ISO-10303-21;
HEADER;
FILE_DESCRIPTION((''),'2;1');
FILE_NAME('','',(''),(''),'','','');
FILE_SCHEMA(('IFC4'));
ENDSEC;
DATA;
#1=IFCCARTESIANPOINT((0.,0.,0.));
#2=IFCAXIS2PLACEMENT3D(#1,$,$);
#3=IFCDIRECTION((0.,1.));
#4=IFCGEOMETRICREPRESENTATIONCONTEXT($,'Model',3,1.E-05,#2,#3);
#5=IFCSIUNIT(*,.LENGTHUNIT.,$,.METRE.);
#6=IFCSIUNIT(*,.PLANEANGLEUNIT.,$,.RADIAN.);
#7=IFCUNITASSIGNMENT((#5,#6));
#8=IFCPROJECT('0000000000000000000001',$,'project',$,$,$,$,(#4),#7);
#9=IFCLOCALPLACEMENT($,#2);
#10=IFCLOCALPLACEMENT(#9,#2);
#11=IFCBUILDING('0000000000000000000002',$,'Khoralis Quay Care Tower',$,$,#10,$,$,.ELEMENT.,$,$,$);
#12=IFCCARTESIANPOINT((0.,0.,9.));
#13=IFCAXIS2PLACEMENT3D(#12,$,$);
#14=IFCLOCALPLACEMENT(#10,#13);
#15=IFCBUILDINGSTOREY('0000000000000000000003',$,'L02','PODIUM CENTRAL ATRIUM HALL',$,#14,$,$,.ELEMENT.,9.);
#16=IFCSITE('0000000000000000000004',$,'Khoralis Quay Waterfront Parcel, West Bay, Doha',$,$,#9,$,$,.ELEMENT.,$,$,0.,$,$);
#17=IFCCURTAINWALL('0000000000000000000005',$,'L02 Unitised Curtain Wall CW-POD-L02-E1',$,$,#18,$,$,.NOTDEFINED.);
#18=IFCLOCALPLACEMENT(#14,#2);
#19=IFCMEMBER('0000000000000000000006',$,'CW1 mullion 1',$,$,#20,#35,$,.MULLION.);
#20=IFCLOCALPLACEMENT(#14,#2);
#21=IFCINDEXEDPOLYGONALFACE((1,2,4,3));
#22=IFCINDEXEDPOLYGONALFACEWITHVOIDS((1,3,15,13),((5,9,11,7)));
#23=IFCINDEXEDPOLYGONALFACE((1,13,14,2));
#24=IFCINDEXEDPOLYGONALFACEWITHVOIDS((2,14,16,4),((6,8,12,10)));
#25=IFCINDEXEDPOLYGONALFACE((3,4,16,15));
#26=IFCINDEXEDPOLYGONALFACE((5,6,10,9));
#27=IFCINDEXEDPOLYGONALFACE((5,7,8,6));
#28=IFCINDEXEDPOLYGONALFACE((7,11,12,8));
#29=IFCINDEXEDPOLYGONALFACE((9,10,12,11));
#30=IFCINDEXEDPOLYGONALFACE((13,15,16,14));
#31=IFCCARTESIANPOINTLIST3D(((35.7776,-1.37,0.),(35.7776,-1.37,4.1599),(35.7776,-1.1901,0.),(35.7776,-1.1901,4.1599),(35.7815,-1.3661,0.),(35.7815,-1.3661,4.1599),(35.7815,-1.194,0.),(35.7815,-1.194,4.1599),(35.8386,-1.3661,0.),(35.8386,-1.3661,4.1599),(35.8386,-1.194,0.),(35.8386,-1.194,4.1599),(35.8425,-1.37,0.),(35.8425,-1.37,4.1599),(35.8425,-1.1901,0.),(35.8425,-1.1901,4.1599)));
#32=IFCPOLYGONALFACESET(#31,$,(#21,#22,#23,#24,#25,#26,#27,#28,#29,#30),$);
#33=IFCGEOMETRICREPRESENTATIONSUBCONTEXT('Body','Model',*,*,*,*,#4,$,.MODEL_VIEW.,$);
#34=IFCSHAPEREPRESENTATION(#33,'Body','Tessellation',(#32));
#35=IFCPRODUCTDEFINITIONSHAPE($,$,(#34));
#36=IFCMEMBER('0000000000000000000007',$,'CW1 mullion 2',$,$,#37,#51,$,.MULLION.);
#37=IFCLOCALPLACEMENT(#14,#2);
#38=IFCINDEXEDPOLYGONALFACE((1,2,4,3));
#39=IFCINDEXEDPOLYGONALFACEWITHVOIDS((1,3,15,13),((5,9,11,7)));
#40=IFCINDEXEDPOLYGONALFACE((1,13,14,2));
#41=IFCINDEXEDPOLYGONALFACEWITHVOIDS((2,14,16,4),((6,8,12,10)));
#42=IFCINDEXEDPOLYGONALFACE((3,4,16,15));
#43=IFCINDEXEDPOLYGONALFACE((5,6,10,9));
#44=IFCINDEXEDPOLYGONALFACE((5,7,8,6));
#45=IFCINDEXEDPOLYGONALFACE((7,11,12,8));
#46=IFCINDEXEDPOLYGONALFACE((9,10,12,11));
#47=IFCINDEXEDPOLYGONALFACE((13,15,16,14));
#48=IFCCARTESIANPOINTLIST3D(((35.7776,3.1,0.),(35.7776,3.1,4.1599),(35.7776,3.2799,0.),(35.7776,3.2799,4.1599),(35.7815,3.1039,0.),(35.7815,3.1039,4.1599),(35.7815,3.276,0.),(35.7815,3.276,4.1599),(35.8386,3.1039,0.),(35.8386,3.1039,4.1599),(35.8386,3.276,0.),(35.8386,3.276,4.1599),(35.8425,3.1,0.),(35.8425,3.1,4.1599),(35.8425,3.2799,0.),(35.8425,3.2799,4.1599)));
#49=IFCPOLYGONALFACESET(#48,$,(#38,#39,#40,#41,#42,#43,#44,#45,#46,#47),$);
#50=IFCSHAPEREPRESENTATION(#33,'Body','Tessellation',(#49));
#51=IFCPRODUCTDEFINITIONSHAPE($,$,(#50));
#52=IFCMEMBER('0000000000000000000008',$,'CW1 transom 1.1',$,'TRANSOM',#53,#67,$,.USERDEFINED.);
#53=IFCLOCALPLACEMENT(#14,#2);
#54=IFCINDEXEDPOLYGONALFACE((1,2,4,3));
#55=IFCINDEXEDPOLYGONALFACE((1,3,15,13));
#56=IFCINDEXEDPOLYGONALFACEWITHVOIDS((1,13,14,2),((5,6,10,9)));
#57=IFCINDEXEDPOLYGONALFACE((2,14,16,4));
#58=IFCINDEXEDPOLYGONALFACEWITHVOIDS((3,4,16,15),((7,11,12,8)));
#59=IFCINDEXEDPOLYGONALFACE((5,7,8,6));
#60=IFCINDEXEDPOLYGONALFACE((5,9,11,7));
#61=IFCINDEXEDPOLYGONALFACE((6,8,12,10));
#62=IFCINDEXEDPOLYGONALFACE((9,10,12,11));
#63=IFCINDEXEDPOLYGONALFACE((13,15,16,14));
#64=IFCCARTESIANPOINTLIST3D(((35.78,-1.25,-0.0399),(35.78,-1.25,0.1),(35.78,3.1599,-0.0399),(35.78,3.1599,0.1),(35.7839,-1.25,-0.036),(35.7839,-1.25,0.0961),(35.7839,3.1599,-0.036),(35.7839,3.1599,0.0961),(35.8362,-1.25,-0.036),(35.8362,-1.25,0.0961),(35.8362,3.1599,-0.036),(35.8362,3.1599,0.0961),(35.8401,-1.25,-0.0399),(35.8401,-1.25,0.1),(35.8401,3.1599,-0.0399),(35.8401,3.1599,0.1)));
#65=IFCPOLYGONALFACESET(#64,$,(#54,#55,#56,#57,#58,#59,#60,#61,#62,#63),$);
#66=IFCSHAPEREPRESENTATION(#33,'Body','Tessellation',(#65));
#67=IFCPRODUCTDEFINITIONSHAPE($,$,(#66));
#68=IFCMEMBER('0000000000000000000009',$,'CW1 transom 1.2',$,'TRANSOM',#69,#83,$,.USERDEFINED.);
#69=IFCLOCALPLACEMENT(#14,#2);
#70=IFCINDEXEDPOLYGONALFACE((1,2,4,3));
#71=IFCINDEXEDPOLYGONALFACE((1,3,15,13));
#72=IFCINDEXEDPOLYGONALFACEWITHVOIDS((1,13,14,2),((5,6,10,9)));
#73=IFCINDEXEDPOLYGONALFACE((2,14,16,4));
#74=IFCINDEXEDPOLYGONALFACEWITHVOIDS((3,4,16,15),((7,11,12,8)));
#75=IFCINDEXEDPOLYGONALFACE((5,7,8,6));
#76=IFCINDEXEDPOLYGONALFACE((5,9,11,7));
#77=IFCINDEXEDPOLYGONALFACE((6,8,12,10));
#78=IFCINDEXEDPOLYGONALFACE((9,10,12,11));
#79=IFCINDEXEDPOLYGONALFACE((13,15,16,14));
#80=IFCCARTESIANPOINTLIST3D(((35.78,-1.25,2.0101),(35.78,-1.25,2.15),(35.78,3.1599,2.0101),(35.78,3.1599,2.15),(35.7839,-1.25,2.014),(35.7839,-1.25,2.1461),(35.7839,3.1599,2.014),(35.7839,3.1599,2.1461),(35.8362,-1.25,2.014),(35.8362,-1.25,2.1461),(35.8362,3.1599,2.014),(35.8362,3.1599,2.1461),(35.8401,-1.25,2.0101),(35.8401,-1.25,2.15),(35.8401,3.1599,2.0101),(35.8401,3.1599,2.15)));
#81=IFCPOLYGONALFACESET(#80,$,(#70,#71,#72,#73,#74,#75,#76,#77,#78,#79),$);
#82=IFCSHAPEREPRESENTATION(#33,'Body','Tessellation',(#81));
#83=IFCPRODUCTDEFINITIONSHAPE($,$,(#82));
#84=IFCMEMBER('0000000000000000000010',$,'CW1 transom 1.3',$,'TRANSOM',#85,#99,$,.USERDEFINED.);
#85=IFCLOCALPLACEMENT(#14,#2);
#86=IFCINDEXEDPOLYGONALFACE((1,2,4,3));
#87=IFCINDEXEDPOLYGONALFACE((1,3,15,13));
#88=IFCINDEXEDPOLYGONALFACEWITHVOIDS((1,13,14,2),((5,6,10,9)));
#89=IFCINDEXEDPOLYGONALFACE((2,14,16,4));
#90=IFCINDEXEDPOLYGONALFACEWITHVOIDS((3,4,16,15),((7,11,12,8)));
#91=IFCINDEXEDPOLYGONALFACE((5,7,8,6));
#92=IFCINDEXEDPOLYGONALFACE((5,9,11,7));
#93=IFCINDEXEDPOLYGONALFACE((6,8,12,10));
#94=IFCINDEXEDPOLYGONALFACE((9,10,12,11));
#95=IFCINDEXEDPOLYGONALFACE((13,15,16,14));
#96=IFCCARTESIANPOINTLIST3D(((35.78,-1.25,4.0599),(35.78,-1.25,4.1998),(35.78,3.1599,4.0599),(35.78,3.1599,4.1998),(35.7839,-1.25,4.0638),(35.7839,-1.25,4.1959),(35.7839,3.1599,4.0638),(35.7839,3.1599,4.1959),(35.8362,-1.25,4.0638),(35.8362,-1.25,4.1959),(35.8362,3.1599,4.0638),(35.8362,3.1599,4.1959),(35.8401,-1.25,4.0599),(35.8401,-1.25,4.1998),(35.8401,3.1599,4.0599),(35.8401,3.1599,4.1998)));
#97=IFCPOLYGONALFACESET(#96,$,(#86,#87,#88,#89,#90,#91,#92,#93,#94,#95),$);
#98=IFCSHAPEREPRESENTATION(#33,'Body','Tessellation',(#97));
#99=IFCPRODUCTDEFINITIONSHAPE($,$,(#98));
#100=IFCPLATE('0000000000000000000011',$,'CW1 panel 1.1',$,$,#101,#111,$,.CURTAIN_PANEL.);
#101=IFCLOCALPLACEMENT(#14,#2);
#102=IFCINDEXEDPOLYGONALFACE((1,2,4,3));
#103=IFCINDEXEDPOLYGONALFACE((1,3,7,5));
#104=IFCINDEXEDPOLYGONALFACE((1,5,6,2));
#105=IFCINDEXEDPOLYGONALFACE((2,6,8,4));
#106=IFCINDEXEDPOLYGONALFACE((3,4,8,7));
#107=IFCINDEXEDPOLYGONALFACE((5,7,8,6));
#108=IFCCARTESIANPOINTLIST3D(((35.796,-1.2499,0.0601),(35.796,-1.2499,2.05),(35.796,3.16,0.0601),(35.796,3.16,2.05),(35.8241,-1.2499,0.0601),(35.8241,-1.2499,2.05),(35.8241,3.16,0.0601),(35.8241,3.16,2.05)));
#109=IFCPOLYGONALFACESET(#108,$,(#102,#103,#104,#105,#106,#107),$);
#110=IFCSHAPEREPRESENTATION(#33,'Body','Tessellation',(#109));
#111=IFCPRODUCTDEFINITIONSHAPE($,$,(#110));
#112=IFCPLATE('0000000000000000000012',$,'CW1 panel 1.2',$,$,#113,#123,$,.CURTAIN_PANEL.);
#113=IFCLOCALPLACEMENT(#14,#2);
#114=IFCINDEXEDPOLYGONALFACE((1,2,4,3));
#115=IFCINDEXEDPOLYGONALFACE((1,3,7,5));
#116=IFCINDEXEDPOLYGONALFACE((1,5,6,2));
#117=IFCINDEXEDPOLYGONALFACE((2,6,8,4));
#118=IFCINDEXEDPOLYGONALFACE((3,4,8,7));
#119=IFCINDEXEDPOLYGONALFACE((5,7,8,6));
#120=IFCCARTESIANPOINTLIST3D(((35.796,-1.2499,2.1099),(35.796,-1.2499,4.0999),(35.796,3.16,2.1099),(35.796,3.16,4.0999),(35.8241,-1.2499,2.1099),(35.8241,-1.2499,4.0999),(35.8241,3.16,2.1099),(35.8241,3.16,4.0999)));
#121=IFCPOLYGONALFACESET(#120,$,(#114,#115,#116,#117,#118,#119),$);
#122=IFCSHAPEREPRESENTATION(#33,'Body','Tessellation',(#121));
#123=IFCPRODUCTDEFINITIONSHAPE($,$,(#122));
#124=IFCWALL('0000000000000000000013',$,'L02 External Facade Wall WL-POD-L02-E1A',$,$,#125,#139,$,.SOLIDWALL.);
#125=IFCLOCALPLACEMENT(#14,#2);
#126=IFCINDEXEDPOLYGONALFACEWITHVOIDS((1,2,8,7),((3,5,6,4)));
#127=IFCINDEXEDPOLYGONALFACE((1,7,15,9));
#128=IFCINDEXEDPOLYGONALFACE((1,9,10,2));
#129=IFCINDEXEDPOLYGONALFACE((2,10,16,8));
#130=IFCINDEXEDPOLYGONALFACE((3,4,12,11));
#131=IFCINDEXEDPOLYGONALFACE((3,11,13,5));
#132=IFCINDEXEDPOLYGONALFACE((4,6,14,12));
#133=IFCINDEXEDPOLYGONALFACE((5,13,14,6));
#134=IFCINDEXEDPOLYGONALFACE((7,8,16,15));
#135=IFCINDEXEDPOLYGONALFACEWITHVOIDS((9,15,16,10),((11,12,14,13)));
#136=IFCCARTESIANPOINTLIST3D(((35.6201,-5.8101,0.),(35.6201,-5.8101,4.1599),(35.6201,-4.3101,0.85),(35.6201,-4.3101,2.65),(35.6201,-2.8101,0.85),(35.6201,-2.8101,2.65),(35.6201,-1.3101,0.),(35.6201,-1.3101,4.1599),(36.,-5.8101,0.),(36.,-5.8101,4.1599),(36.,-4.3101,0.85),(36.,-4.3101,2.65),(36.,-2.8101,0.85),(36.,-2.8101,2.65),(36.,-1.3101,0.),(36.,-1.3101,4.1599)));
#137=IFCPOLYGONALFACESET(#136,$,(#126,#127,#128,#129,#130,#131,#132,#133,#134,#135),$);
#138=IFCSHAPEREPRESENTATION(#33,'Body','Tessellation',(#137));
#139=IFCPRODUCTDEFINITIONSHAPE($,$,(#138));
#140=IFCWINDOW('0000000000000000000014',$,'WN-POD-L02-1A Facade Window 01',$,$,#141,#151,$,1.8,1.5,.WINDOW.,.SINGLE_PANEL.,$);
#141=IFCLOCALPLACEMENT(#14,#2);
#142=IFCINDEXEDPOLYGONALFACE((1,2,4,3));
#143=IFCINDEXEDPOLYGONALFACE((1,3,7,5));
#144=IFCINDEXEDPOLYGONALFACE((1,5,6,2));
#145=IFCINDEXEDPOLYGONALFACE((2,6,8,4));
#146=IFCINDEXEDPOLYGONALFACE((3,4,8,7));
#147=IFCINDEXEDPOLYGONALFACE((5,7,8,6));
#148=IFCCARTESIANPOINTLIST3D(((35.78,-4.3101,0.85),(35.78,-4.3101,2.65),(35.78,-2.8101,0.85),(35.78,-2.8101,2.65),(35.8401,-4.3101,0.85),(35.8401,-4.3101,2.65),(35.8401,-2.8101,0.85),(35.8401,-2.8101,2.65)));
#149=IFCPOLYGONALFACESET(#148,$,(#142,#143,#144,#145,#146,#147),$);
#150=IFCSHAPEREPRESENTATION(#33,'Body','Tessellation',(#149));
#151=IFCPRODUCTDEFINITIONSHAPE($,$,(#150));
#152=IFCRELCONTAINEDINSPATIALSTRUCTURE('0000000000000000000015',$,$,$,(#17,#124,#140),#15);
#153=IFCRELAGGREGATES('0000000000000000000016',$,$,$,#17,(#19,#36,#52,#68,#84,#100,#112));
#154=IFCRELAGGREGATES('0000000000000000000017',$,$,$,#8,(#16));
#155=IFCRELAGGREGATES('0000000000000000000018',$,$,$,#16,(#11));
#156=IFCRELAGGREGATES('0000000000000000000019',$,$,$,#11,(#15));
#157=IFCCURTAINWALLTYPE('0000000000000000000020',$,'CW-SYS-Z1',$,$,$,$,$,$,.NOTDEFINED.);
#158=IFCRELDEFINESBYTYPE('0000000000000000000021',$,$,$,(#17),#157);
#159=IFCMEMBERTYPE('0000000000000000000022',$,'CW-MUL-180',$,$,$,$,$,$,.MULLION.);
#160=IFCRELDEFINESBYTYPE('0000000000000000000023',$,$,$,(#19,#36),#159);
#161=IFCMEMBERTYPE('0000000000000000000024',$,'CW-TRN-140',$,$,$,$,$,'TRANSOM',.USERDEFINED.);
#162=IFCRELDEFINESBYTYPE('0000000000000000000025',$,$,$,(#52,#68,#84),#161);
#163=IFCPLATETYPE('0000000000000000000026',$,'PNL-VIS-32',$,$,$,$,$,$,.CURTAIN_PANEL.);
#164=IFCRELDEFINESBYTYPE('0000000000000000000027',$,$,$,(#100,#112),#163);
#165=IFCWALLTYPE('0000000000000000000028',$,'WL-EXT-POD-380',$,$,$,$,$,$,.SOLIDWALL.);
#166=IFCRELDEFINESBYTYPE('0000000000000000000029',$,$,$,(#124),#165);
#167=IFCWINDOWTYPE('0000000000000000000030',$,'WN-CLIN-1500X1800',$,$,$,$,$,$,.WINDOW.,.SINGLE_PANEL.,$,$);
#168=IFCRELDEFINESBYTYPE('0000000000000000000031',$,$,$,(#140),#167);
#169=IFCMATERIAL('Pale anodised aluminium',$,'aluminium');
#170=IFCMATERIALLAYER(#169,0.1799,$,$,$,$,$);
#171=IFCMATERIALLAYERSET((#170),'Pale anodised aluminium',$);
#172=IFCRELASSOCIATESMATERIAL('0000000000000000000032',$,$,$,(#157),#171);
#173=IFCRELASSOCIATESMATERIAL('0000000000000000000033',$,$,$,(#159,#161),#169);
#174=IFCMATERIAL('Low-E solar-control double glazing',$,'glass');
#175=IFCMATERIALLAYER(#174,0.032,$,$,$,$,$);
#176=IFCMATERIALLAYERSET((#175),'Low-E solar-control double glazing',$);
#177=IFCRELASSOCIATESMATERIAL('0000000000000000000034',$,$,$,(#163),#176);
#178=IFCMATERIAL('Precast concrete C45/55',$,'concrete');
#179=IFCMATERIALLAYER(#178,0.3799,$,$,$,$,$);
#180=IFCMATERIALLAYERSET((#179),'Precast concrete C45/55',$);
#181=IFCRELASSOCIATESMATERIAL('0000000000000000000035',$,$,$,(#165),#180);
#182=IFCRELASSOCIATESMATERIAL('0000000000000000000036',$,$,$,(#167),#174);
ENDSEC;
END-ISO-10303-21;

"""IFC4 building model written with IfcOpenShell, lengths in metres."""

from ifc_helpers import new_model, si_unit, direction, frame, frame_2d, origin, origin_2d, place, context, subcontext, project, spatial, rectangle, hollow_rectangle, extrude, source, transform, mapped, material, layer, layer_set, material_profile, profile_set, type_object, element, fill, aggregate, save


model = new_model("IFC4")

# Units and contexts
model_context = context("Model", 3, precision=1e-05, world=origin(), true_north=direction((0.0, 1.0)))
body_context = subcontext(model_context, "Body", "Model", "MODEL_VIEW")
ifc_project = project(units=[si_unit("LENGTHUNIT", "METRE"), si_unit("PLANEANGLEUNIT", "RADIAN")], contexts=[model_context])

# Site, building, storey
site_placement = place(None, origin())
site = spatial("IfcSite", under=ifc_project, at=site_placement, Name="Khoralis Quay Waterfront Parcel, West Bay, Doha", CompositionType="ELEMENT", RefElevation=0.0)
building_placement = place(site_placement, origin())
building = spatial("IfcBuilding", under=site, at=building_placement, Name="Khoralis Quay Care Tower", CompositionType="ELEMENT")
storey_placement = place(building_placement, frame((0.0, 0.0, 9.0)))
storey = spatial("IfcBuildingStorey", under=building, at=storey_placement, Name="L02", Description="PODIUM CENTRAL ATRIUM HALL", CompositionType="ELEMENT", Elevation=9.0)

# Curtain wall, members, plates
ifc_material_1 = material(Name="Pale anodised aluminium", Category="aluminium")
ifc_layer_1 = layer(ifc_material_1, 0.1799)
ifc_layer_set_1 = layer_set([ifc_layer_1], Name="Pale anodised aluminium")
curtain_wall_type = type_object("IfcCurtainWallType", Name="CW-SYS-Z1", PredefinedType="NOTDEFINED", material=ifc_layer_set_1)
curtain_wall_placement = place(storey_placement, origin())
curtain_wall = element("IfcCurtainWall", 1, at=curtain_wall_placement, inside=storey, type_object=curtain_wall_type, Name="L02 Unitised Curtain Wall CW-POD-L02-E1", PredefinedType="NOTDEFINED")
ifc_material_profile_1 = material_profile(ifc_material_1, hollow_rectangle(XDim=0.0649, YDim=0.1799, WallThickness=0.0039, at=origin_2d()), Name="Pale anodised aluminium")
ifc_profile_set_1 = profile_set([ifc_material_profile_1], Name="Pale anodised aluminium")
member_type_1 = type_object("IfcMemberType", Name="CW-MUL-180", PredefinedType="MULLION", material=ifc_profile_set_1)
shared_shape_1 = source(origin(), body_context, "Body", "SweptSolid", [
    extrude(hollow_rectangle(XDim=0.0649, YDim=0.1799, WallThickness=0.0039, at=origin_2d()), origin(), (0.0, 0.0, 1.0), 4.1599),
])
member_1_placement = place(storey_placement, frame((35.8101, -1.28, 0.0), z_axis=(0.0, 0.0, 1.0), x_axis=(-1.0, 0.0, 0.0)))
member_1 = element("IfcMember", 2, at=member_1_placement, type_object=member_type_1, Name="CW1 mullion 1", PredefinedType="MULLION", context=body_context, shape_type="MappedRepresentation", body=[
    mapped(shared_shape_1, transform((0.0, 0.0, 0.0), scale=1.0)),
])
member_2_placement = place(storey_placement, frame((35.8101, 3.1899, 0.0), z_axis=(0.0, 0.0, 1.0), x_axis=(-1.0, 0.0, 0.0)))
member_2 = element("IfcMember", 3, at=member_2_placement, type_object=member_type_1, Name="CW1 mullion 2", PredefinedType="MULLION", context=body_context, shape_type="MappedRepresentation", body=[
    mapped(shared_shape_1, transform((0.0, 0.0, 0.0), scale=1.0)),
])
ifc_material_profile_2 = material_profile(ifc_material_1, hollow_rectangle(XDim=0.0601, YDim=0.1399, WallThickness=0.0039, at=origin_2d()), Name="Pale anodised aluminium")
ifc_profile_set_2 = profile_set([ifc_material_profile_2], Name="Pale anodised aluminium")
member_type_2 = type_object("IfcMemberType", Name="CW-TRN-140", ElementType="TRANSOM", PredefinedType="USERDEFINED", material=ifc_profile_set_2)
shared_shape_2 = source(origin(), body_context, "Body", "SweptSolid", [
    extrude(hollow_rectangle(XDim=0.0601, YDim=0.1399, WallThickness=0.0039, at=origin_2d()), origin(), (0.0, 0.0, 1.0), 4.4099),
])
member_3_placement = place(storey_placement, frame((35.8101, -1.25, 0.03), z_axis=(0.0, 1.0, 0.0), x_axis=(-1.0, 0.0, 0.0)))
member_3 = element("IfcMember", 4, at=member_3_placement, type_object=member_type_2, Name="CW1 transom 1.1", ObjectType="TRANSOM", PredefinedType="USERDEFINED", context=body_context, shape_type="MappedRepresentation", body=[
    mapped(shared_shape_2, transform((0.0, 0.0, 0.0), scale=1.0)),
])
member_4_placement = place(storey_placement, frame((35.8101, -1.25, 2.0801), z_axis=(0.0, 1.0, 0.0), x_axis=(-1.0, 0.0, 0.0)))
member_4 = element("IfcMember", 5, at=member_4_placement, type_object=member_type_2, Name="CW1 transom 1.2", ObjectType="TRANSOM", PredefinedType="USERDEFINED", context=body_context, shape_type="MappedRepresentation", body=[
    mapped(shared_shape_2, transform((0.0, 0.0, 0.0), scale=1.0)),
])
member_5_placement = place(storey_placement, frame((35.8101, -1.25, 4.1299), z_axis=(0.0, 1.0, 0.0), x_axis=(-1.0, 0.0, 0.0)))
member_5 = element("IfcMember", 6, at=member_5_placement, type_object=member_type_2, Name="CW1 transom 1.3", ObjectType="TRANSOM", PredefinedType="USERDEFINED", context=body_context, shape_type="MappedRepresentation", body=[
    mapped(shared_shape_2, transform((0.0, 0.0, 0.0), scale=1.0)),
])
ifc_material_2 = material(Name="Low-E solar-control double glazing", Category="glass")
ifc_layer_2 = layer(ifc_material_2, 0.032)
ifc_layer_set_2 = layer_set([ifc_layer_2], Name="Low-E solar-control double glazing")
plate_type = type_object("IfcPlateType", Name="PNL-VIS-32", PredefinedType="CURTAIN_PANEL", material=ifc_layer_set_2)
shared_shape_3 = source(origin(), body_context, "Body", "SweptSolid", [
    extrude(rectangle(XDim=4.4099, YDim=0.0281, at=origin_2d()), origin(), (0.0, 0.0, 1.0), 1.99),
])
plate_1_placement = place(storey_placement, frame((35.8101, 0.9551, 0.0601), z_axis=(0.0, 0.0, 1.0), x_axis=(0.0, 1.0, 0.0)))
plate_1 = element("IfcPlate", 7, at=plate_1_placement, type_object=plate_type, Name="CW1 panel 1.1", PredefinedType="CURTAIN_PANEL", context=body_context, shape_type="MappedRepresentation", body=[
    mapped(shared_shape_3, transform((0.0, 0.0, 0.0), scale=1.0)),
])
plate_2_placement = place(storey_placement, frame((35.8101, 0.9551, 2.1099), z_axis=(0.0, 0.0, 1.0), x_axis=(0.0, 1.0, 0.0)))
plate_2 = element("IfcPlate", 8, at=plate_2_placement, type_object=plate_type, Name="CW1 panel 1.2", PredefinedType="CURTAIN_PANEL", context=body_context, shape_type="MappedRepresentation", body=[
    mapped(shared_shape_3, transform((0.0, 0.0, 0.0), scale=1.0)),
])
aggregate(curtain_wall, [member_1, member_2, member_3, member_4, member_5, plate_1, plate_2])

# Wall, opening, window
ifc_material_3 = material(Name="Precast concrete C45/55", Category="concrete")
ifc_layer_3 = layer(ifc_material_3, 0.3799)
ifc_layer_set_3 = layer_set([ifc_layer_3], Name="Precast concrete C45/55")
wall_type = type_object("IfcWallType", Name="WL-EXT-POD-380", PredefinedType="SOLIDWALL", material=ifc_layer_set_3)
wall_placement = place(storey_placement, frame((35.8101, -5.8101, 0.0), z_axis=(0.0, 0.0, 1.0), x_axis=(0.0, 1.0, 0.0)))
wall = element("IfcWall", 9, at=wall_placement, inside=storey, type_object=wall_type, Name="L02 External Facade Wall WL-POD-L02-E1A", PredefinedType="SOLIDWALL", context=body_context, shape_type="SweptSolid", body=[
    extrude(rectangle(XDim=4.5, YDim=0.3799, at=frame_2d((2.25, 0.0))), origin(), (0.0, 0.0, 1.0), 4.1599),
])
opening_placement = place(wall_placement, frame((1.5, 0.0, 0.8501)))
opening = element("IfcOpeningElement", 10, at=opening_placement, cuts=wall, PredefinedType="OPENING", context=body_context, shape_type="SweptSolid", body=[
    extrude(rectangle(XDim=1.5, YDim=1.8, at=frame_2d((0.75, 0.8999))), frame((0.0, 0.2, 0.0), z_axis=(0.0, -1.0, 0.0), x_axis=(1.0, 0.0, 0.0)), (0.0, 0.0, 1.0), 0.3999),
])
window_type = type_object("IfcWindowType", Name="WN-CLIN-1500X1800", PartitioningType="SINGLE_PANEL", PredefinedType="WINDOW", material=ifc_material_2)
shared_shape_4 = source(origin(), body_context, "Body", "SweptSolid", [
    extrude(rectangle(XDim=1.5, YDim=1.8, at=frame_2d((0.75, 0.8999))), frame((0.0, 0.03, 0.0), z_axis=(0.0, -1.0, 0.0), x_axis=(1.0, 0.0, 0.0)), (0.0, 0.0, 1.0), 0.0601),
])
window_placement = place(opening_placement, origin())
window = element("IfcWindow", 11, at=window_placement, inside=storey, type_object=window_type, Name="WN-POD-L02-1A Facade Window 01", OverallHeight=1.8, OverallWidth=1.5, PartitioningType="SINGLE_PANEL", PredefinedType="WINDOW", context=body_context, shape_type="MappedRepresentation", body=[
    mapped(shared_shape_4, transform((0.0, 0.0, 0.0), scale=1.0)),
])
fill(opening, window)

save(model, "model.ifc")
